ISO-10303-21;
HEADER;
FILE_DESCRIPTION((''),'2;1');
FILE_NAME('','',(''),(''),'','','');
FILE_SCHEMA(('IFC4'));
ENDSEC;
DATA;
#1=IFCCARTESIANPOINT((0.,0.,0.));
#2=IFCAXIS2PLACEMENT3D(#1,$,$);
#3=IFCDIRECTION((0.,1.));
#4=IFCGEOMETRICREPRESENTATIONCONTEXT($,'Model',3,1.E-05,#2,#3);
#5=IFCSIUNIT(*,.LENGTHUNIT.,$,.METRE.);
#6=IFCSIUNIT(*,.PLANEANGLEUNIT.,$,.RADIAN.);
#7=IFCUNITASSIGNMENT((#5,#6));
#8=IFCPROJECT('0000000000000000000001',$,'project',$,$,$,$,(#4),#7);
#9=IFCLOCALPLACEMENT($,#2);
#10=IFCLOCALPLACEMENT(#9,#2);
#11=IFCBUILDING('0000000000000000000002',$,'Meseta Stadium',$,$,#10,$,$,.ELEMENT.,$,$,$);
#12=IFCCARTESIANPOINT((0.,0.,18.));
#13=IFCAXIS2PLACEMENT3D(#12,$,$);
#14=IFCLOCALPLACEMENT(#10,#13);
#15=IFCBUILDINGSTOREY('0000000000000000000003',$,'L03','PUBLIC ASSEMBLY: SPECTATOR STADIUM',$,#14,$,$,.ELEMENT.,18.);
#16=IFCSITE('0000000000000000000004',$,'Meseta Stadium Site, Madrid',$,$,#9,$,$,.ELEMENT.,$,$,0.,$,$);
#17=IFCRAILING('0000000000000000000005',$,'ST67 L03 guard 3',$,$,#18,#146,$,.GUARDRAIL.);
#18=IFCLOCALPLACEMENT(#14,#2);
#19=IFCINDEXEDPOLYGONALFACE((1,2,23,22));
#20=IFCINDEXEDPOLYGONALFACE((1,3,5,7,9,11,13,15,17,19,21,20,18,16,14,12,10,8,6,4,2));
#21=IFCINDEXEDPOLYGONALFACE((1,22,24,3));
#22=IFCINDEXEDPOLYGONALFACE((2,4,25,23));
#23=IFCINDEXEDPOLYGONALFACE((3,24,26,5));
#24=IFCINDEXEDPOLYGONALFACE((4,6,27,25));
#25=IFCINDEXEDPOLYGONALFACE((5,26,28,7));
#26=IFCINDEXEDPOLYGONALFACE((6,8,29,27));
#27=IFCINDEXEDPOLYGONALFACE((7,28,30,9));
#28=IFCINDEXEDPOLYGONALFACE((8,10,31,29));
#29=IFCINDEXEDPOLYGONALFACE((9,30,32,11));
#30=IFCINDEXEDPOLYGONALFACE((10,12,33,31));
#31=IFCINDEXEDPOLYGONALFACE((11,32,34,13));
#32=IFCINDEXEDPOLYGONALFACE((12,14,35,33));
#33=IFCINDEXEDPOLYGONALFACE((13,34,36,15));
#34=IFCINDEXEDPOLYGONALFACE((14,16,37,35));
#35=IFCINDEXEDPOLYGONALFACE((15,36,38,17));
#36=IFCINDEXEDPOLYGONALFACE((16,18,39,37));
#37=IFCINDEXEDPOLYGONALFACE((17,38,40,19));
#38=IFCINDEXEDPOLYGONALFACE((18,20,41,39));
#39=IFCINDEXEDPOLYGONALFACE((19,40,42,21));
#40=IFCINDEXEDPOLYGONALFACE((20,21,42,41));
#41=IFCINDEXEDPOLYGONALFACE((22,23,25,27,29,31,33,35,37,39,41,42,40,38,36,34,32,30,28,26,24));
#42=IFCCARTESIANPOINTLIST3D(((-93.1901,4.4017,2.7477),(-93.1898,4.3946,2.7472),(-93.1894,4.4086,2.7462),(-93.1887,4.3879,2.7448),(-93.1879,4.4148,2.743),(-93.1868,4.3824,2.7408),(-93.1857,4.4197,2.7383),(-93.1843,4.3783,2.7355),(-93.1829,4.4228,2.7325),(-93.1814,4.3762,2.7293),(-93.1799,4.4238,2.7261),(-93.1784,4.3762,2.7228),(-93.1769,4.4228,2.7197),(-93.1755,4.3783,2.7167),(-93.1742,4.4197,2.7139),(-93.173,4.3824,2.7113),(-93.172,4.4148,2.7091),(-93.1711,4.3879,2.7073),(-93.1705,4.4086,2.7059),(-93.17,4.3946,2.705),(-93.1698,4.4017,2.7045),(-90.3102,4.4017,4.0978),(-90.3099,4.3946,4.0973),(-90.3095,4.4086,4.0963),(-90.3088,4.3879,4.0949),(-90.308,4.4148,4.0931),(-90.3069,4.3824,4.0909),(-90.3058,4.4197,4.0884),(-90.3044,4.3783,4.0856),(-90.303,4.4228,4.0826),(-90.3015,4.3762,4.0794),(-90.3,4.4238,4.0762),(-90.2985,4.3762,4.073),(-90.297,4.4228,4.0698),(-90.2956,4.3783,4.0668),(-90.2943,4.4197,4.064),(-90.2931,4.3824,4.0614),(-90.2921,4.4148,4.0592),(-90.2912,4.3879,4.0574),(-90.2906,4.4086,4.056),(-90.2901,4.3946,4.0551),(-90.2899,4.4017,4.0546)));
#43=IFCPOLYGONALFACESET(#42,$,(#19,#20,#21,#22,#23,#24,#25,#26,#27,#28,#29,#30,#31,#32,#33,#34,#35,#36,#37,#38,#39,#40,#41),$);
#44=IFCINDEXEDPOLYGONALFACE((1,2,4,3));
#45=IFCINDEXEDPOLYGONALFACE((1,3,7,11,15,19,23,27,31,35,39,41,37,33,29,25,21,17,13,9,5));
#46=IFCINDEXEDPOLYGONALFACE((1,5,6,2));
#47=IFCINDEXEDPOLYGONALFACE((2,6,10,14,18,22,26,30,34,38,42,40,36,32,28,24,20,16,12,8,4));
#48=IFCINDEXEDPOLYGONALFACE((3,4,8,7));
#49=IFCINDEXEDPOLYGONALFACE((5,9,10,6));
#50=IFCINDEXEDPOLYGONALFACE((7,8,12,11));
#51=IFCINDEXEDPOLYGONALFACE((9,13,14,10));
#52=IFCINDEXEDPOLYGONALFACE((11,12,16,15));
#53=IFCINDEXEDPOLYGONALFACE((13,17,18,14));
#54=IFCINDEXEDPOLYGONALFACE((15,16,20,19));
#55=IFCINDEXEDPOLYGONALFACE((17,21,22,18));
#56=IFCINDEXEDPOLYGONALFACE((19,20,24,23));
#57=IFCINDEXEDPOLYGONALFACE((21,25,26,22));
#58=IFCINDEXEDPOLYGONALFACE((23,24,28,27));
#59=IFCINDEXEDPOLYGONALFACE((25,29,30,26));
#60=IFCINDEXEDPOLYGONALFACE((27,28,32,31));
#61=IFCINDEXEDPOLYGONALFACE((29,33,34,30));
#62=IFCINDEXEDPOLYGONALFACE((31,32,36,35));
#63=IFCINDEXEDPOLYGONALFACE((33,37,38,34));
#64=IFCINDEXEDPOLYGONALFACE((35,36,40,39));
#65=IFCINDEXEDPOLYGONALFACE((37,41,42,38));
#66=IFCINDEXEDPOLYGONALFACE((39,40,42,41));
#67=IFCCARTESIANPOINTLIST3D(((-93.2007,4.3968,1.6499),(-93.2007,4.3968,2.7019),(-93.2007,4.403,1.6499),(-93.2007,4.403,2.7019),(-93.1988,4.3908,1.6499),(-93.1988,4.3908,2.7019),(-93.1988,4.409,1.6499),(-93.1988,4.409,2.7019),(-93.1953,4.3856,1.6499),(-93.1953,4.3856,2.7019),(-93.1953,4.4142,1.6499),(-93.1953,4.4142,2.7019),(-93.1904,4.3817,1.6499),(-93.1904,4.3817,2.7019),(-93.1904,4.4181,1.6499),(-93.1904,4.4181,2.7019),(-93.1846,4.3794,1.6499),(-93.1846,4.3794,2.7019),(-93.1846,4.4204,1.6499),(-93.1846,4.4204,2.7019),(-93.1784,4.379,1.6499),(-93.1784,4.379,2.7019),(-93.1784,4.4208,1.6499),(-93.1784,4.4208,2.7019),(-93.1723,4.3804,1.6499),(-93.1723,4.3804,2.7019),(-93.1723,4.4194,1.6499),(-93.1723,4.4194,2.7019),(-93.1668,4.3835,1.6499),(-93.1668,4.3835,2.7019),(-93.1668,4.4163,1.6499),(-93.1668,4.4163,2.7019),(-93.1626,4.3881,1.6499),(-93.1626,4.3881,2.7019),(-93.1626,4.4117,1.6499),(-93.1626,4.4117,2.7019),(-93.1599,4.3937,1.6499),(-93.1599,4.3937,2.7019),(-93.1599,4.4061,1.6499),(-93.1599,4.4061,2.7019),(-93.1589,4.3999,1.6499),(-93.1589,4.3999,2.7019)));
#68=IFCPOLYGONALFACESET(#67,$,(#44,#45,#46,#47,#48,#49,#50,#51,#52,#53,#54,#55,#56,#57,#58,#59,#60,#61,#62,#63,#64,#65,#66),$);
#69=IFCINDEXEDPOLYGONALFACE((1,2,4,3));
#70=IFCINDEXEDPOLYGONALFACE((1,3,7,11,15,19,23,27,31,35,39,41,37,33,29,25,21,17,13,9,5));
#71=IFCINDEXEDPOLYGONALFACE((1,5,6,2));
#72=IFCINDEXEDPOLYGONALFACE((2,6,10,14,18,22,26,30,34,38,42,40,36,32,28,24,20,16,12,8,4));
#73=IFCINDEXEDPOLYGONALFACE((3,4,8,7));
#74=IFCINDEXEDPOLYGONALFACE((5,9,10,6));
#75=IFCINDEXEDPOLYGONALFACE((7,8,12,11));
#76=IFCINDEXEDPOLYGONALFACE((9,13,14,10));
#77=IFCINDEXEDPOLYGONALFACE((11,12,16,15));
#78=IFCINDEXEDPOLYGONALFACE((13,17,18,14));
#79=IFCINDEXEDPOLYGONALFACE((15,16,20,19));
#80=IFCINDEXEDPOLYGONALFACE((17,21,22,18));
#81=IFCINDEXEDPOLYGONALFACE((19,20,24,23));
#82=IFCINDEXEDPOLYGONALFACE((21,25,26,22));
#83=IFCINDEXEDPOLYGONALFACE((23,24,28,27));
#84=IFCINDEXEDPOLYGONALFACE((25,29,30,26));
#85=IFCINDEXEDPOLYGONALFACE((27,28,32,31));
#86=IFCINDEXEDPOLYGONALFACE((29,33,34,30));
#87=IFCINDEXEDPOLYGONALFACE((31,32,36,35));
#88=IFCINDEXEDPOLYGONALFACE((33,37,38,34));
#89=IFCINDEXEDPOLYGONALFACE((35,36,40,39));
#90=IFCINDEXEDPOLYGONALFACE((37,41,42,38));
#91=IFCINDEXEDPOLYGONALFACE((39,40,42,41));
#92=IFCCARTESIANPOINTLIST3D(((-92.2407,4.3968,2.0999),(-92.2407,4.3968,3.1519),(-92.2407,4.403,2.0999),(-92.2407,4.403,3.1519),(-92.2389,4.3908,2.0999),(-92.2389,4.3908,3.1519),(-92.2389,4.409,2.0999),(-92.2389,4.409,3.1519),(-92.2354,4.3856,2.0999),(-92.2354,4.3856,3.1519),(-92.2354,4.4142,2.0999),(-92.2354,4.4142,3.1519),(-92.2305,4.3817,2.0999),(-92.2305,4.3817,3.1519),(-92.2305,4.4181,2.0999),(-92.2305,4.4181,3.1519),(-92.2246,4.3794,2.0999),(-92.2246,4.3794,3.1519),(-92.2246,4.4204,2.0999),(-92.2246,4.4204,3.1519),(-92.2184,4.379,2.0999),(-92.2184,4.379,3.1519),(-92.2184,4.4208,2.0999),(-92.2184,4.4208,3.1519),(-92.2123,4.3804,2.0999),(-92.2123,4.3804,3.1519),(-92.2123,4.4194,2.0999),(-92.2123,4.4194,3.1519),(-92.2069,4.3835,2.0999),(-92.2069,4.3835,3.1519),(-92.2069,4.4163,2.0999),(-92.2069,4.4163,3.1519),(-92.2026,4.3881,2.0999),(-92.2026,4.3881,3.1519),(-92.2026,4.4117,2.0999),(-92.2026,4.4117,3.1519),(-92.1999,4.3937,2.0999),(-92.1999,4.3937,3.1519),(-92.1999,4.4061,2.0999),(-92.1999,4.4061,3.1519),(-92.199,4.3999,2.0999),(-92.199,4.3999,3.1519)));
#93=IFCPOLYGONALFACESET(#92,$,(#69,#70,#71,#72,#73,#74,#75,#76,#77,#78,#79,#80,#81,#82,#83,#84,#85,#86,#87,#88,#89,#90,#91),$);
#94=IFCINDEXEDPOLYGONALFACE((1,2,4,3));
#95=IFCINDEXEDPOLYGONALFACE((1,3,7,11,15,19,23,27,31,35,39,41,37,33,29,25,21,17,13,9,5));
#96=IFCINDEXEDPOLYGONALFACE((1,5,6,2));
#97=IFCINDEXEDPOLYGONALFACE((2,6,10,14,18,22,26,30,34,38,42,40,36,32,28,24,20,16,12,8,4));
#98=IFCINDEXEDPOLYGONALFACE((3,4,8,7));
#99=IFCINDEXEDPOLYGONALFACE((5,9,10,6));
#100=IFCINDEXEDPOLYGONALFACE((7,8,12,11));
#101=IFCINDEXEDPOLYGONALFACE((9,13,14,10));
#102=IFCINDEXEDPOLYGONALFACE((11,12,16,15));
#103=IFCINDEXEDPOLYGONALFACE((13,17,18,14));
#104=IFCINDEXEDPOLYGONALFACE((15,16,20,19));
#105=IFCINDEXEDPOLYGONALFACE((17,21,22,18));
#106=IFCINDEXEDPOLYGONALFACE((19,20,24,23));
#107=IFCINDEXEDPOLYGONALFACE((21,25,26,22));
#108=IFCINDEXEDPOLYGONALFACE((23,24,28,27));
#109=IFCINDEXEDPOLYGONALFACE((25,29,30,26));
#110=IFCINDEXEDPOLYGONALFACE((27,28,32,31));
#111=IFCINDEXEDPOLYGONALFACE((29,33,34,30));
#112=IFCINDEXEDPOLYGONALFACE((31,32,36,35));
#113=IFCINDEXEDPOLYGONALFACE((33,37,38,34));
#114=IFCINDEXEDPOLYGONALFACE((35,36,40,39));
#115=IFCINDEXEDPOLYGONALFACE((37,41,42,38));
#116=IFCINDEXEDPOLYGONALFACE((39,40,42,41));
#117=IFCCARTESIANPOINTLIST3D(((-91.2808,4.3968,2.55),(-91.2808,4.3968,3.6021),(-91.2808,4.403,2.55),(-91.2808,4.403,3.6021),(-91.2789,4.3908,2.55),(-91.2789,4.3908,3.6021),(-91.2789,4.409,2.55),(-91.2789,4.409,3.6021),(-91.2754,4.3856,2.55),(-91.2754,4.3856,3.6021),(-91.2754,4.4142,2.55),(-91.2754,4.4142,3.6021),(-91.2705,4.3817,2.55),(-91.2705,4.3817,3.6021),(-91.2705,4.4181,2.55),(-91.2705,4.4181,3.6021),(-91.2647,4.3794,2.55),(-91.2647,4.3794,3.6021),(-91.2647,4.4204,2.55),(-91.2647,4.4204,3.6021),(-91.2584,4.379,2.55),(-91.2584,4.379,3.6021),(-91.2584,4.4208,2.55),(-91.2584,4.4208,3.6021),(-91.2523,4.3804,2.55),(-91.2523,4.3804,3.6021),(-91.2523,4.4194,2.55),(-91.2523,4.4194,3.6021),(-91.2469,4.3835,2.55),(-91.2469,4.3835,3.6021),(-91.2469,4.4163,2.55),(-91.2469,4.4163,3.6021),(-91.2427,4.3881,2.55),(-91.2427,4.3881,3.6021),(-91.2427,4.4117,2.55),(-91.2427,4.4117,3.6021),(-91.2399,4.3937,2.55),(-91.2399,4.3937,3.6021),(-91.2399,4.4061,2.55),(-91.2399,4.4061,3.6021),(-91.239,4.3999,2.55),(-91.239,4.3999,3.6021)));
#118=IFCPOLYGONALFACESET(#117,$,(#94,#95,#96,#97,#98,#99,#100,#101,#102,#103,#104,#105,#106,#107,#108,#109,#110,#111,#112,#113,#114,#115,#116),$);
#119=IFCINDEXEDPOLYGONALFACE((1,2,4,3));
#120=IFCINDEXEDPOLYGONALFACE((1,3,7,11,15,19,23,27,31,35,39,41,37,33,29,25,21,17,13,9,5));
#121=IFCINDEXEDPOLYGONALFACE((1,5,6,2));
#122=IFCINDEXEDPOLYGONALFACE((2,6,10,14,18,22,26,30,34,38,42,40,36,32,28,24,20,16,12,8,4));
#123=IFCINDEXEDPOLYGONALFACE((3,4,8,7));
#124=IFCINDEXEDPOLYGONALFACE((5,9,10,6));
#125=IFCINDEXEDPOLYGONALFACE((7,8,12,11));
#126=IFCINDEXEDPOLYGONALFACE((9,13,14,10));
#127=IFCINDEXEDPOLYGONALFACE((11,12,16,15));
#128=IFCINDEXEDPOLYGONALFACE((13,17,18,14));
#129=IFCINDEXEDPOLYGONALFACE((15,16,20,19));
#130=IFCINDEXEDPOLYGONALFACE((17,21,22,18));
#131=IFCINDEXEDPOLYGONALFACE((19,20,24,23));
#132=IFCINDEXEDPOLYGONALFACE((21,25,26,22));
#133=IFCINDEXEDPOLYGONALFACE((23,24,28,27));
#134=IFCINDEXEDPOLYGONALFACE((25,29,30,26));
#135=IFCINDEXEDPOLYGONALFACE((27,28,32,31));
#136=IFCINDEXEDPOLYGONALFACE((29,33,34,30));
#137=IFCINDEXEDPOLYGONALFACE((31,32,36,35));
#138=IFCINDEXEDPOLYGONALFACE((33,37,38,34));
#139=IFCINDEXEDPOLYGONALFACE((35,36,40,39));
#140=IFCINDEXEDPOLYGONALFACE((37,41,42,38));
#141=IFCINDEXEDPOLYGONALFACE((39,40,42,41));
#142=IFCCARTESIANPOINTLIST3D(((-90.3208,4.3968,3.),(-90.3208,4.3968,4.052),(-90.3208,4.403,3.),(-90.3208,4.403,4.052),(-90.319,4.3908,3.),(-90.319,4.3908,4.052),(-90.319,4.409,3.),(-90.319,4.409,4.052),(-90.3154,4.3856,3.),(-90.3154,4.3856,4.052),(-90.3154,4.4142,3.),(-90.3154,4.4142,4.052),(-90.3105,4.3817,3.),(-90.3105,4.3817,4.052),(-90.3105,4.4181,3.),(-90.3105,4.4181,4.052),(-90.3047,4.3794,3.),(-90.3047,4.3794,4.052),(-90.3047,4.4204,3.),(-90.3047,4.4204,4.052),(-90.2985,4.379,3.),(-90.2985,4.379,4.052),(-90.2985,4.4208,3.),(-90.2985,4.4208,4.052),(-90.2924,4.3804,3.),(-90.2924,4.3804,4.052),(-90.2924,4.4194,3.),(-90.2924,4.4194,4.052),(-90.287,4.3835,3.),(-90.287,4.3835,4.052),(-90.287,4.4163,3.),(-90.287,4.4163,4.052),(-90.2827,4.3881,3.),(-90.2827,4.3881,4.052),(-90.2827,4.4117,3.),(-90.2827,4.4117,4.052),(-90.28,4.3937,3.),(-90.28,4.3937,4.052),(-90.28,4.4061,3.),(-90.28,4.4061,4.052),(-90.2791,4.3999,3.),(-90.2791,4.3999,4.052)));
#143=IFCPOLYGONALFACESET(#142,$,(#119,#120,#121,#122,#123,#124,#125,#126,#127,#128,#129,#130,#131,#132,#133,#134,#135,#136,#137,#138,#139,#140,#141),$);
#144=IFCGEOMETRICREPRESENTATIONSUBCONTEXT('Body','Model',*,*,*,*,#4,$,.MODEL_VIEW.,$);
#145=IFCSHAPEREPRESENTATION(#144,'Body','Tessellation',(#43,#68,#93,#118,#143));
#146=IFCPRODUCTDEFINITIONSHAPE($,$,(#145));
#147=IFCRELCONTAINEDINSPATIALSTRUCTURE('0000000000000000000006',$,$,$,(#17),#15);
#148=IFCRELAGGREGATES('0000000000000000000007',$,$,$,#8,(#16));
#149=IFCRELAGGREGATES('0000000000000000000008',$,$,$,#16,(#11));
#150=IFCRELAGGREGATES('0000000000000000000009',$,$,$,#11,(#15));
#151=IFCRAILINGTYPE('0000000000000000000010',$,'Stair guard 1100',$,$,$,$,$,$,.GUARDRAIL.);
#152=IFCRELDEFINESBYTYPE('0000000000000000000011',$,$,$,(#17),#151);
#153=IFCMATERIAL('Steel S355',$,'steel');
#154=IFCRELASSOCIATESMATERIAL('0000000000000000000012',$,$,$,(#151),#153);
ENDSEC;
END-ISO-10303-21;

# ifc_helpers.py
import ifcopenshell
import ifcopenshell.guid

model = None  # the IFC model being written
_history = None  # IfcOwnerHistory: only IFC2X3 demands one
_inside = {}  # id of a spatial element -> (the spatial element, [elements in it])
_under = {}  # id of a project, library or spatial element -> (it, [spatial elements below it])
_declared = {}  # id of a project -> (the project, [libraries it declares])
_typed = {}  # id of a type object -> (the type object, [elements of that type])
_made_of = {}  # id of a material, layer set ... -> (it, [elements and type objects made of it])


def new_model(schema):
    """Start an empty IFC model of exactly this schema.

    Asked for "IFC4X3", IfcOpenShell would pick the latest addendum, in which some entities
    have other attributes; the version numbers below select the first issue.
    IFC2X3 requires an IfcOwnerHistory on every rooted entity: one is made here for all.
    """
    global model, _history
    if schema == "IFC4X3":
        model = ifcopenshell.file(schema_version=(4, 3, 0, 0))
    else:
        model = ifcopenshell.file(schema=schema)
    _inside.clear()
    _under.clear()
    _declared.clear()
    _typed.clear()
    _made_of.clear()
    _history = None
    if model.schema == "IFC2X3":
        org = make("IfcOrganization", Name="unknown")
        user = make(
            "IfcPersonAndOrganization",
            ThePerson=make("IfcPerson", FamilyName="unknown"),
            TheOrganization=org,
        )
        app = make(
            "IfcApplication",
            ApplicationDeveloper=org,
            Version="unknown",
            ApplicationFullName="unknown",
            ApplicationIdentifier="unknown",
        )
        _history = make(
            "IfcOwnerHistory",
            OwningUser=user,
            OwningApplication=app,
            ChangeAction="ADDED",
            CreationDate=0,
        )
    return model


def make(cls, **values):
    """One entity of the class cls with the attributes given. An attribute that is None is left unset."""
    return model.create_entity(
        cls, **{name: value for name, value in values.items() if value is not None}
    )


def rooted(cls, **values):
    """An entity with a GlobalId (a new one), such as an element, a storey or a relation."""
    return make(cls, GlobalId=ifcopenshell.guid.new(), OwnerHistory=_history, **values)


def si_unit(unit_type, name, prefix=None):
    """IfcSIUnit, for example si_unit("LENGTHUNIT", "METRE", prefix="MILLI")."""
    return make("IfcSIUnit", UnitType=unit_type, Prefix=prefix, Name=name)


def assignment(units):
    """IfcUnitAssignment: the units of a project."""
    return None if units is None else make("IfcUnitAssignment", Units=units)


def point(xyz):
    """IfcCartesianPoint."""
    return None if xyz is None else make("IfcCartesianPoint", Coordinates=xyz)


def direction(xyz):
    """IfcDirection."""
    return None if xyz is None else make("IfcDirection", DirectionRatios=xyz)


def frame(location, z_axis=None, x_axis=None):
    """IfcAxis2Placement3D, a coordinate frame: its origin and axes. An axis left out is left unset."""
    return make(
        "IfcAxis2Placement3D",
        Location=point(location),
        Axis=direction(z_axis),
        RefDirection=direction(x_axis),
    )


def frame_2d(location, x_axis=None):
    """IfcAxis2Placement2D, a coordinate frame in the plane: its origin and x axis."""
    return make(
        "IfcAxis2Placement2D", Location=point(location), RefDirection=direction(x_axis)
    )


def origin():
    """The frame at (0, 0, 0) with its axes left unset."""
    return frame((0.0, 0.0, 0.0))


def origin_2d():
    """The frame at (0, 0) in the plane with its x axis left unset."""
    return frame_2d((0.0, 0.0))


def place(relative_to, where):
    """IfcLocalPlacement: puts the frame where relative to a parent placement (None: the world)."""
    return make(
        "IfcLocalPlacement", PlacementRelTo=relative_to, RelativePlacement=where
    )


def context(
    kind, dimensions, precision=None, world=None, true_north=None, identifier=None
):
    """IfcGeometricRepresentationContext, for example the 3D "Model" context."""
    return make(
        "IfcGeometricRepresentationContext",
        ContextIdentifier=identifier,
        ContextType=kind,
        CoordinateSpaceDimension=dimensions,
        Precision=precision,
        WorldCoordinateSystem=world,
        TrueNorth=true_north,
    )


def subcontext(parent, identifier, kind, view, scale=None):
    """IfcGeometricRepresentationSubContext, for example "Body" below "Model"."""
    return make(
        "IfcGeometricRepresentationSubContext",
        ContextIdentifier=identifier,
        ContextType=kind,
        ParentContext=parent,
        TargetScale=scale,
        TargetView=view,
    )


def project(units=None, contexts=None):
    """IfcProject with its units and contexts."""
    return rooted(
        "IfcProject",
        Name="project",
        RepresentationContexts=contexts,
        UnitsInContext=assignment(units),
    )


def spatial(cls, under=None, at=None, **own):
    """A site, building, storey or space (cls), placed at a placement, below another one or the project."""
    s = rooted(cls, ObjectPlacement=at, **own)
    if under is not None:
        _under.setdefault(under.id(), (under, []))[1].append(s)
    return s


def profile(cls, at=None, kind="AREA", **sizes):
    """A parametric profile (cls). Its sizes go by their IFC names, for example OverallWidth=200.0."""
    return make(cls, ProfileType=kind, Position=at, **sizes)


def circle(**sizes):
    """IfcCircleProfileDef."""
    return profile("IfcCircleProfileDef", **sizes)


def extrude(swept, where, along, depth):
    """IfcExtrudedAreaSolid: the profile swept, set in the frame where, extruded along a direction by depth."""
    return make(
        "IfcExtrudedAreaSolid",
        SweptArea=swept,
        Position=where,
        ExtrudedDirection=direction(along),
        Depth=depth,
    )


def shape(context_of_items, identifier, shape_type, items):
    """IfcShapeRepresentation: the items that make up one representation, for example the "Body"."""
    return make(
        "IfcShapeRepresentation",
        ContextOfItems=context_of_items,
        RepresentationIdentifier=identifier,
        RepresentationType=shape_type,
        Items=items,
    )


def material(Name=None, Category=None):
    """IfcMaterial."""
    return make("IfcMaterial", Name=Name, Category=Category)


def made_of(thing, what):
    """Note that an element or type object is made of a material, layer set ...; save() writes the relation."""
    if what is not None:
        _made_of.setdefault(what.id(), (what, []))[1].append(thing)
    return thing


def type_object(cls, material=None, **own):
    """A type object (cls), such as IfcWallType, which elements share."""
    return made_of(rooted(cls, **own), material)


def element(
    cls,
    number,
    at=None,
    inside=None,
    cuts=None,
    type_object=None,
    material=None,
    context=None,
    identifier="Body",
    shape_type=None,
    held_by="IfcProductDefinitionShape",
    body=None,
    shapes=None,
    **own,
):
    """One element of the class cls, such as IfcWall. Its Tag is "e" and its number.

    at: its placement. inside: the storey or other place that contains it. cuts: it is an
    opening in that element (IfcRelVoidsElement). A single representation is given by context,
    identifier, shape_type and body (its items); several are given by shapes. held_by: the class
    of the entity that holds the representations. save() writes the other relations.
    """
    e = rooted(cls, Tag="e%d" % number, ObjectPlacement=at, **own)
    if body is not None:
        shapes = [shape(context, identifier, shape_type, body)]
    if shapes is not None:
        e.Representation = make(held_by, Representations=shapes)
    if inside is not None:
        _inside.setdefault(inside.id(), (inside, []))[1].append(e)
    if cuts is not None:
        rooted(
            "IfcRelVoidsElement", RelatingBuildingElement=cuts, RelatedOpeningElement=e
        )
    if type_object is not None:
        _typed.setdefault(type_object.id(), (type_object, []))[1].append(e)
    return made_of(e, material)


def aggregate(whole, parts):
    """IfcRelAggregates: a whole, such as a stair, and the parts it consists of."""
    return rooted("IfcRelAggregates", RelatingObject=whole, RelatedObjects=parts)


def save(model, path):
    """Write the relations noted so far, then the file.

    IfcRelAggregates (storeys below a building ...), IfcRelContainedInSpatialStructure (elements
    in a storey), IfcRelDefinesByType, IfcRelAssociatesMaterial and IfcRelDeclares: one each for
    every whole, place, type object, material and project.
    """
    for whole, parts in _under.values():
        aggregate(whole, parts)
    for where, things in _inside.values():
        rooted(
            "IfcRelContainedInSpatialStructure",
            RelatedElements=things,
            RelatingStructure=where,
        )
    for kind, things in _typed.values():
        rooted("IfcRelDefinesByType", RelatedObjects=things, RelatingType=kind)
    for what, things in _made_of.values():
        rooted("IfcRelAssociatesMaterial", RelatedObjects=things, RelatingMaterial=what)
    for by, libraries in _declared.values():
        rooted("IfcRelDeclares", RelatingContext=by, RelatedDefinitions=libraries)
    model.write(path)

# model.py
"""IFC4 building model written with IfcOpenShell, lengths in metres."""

from ifc_helpers import new_model, si_unit, direction, frame, origin, origin_2d, place, context, subcontext, project, spatial, circle, extrude, material, type_object, element, save


model = new_model("IFC4")

# Units and contexts
model_context = context("Model", 3, precision=1e-05, world=origin(), true_north=direction((0.0, 1.0)))
body_context = subcontext(model_context, "Body", "Model", "MODEL_VIEW")
ifc_project = project(units=[si_unit("LENGTHUNIT", "METRE"), si_unit("PLANEANGLEUNIT", "RADIAN")], contexts=[model_context])

# Site, building, storey
site_placement = place(None, origin())
site = spatial("IfcSite", under=ifc_project, at=site_placement, Name="Meseta Stadium Site, Madrid", CompositionType="ELEMENT", RefElevation=0.0)
building_placement = place(site_placement, origin())
building = spatial("IfcBuilding", under=site, at=building_placement, Name="Meseta Stadium", CompositionType="ELEMENT")
storey_placement = place(building_placement, frame((0.0, 0.0, 18.0)))
storey = spatial("IfcBuildingStorey", under=building, at=storey_placement, Name="L03", Description="PUBLIC ASSEMBLY: SPECTATOR STADIUM", CompositionType="ELEMENT", Elevation=18.0)

# Railing
ifc_material_1 = material(Name="Steel S355", Category="steel")
railing_type_1 = type_object("IfcRailingType", Name="Stair guard 1100", PredefinedType="GUARDRAIL", material=ifc_material_1)
for number, where, name in (
    (1, (-93.1799, 4.3999, 1.6499), "ST67 L03 guard 3"),
):
    element("IfcRailing", number, at=place(storey_placement, frame(where)), inside=storey, type_object=railing_type_1, Name=name, PredefinedType="GUARDRAIL", context=body_context, shape_type="SweptSolid", body=[
        extrude(circle(Radius=0.0239, at=origin_2d()), frame((0.0, 0.0, 1.0762), z_axis=(0.90544, 0.0, 0.424473), x_axis=(0.0, 1.0, 0.0)), (0.0, 0.0, 1.0), 3.1807),
        extrude(circle(Radius=0.021, at=origin_2d()), origin(), (0.0, 0.0, 1.0), 1.052),
        extrude(circle(Radius=0.021, at=origin_2d()), frame((0.96, 0.0, 0.45)), (0.0, 0.0, 1.0), 1.052),
        extrude(circle(Radius=0.021, at=origin_2d()), frame((1.9199, 0.0, 0.9001)), (0.0, 0.0, 1.0), 1.052),
        extrude(circle(Radius=0.021, at=origin_2d()), frame((2.8799, 0.0, 1.3501)), (0.0, 0.0, 1.0), 1.052),
    ])

save(model, "model.ifc")
